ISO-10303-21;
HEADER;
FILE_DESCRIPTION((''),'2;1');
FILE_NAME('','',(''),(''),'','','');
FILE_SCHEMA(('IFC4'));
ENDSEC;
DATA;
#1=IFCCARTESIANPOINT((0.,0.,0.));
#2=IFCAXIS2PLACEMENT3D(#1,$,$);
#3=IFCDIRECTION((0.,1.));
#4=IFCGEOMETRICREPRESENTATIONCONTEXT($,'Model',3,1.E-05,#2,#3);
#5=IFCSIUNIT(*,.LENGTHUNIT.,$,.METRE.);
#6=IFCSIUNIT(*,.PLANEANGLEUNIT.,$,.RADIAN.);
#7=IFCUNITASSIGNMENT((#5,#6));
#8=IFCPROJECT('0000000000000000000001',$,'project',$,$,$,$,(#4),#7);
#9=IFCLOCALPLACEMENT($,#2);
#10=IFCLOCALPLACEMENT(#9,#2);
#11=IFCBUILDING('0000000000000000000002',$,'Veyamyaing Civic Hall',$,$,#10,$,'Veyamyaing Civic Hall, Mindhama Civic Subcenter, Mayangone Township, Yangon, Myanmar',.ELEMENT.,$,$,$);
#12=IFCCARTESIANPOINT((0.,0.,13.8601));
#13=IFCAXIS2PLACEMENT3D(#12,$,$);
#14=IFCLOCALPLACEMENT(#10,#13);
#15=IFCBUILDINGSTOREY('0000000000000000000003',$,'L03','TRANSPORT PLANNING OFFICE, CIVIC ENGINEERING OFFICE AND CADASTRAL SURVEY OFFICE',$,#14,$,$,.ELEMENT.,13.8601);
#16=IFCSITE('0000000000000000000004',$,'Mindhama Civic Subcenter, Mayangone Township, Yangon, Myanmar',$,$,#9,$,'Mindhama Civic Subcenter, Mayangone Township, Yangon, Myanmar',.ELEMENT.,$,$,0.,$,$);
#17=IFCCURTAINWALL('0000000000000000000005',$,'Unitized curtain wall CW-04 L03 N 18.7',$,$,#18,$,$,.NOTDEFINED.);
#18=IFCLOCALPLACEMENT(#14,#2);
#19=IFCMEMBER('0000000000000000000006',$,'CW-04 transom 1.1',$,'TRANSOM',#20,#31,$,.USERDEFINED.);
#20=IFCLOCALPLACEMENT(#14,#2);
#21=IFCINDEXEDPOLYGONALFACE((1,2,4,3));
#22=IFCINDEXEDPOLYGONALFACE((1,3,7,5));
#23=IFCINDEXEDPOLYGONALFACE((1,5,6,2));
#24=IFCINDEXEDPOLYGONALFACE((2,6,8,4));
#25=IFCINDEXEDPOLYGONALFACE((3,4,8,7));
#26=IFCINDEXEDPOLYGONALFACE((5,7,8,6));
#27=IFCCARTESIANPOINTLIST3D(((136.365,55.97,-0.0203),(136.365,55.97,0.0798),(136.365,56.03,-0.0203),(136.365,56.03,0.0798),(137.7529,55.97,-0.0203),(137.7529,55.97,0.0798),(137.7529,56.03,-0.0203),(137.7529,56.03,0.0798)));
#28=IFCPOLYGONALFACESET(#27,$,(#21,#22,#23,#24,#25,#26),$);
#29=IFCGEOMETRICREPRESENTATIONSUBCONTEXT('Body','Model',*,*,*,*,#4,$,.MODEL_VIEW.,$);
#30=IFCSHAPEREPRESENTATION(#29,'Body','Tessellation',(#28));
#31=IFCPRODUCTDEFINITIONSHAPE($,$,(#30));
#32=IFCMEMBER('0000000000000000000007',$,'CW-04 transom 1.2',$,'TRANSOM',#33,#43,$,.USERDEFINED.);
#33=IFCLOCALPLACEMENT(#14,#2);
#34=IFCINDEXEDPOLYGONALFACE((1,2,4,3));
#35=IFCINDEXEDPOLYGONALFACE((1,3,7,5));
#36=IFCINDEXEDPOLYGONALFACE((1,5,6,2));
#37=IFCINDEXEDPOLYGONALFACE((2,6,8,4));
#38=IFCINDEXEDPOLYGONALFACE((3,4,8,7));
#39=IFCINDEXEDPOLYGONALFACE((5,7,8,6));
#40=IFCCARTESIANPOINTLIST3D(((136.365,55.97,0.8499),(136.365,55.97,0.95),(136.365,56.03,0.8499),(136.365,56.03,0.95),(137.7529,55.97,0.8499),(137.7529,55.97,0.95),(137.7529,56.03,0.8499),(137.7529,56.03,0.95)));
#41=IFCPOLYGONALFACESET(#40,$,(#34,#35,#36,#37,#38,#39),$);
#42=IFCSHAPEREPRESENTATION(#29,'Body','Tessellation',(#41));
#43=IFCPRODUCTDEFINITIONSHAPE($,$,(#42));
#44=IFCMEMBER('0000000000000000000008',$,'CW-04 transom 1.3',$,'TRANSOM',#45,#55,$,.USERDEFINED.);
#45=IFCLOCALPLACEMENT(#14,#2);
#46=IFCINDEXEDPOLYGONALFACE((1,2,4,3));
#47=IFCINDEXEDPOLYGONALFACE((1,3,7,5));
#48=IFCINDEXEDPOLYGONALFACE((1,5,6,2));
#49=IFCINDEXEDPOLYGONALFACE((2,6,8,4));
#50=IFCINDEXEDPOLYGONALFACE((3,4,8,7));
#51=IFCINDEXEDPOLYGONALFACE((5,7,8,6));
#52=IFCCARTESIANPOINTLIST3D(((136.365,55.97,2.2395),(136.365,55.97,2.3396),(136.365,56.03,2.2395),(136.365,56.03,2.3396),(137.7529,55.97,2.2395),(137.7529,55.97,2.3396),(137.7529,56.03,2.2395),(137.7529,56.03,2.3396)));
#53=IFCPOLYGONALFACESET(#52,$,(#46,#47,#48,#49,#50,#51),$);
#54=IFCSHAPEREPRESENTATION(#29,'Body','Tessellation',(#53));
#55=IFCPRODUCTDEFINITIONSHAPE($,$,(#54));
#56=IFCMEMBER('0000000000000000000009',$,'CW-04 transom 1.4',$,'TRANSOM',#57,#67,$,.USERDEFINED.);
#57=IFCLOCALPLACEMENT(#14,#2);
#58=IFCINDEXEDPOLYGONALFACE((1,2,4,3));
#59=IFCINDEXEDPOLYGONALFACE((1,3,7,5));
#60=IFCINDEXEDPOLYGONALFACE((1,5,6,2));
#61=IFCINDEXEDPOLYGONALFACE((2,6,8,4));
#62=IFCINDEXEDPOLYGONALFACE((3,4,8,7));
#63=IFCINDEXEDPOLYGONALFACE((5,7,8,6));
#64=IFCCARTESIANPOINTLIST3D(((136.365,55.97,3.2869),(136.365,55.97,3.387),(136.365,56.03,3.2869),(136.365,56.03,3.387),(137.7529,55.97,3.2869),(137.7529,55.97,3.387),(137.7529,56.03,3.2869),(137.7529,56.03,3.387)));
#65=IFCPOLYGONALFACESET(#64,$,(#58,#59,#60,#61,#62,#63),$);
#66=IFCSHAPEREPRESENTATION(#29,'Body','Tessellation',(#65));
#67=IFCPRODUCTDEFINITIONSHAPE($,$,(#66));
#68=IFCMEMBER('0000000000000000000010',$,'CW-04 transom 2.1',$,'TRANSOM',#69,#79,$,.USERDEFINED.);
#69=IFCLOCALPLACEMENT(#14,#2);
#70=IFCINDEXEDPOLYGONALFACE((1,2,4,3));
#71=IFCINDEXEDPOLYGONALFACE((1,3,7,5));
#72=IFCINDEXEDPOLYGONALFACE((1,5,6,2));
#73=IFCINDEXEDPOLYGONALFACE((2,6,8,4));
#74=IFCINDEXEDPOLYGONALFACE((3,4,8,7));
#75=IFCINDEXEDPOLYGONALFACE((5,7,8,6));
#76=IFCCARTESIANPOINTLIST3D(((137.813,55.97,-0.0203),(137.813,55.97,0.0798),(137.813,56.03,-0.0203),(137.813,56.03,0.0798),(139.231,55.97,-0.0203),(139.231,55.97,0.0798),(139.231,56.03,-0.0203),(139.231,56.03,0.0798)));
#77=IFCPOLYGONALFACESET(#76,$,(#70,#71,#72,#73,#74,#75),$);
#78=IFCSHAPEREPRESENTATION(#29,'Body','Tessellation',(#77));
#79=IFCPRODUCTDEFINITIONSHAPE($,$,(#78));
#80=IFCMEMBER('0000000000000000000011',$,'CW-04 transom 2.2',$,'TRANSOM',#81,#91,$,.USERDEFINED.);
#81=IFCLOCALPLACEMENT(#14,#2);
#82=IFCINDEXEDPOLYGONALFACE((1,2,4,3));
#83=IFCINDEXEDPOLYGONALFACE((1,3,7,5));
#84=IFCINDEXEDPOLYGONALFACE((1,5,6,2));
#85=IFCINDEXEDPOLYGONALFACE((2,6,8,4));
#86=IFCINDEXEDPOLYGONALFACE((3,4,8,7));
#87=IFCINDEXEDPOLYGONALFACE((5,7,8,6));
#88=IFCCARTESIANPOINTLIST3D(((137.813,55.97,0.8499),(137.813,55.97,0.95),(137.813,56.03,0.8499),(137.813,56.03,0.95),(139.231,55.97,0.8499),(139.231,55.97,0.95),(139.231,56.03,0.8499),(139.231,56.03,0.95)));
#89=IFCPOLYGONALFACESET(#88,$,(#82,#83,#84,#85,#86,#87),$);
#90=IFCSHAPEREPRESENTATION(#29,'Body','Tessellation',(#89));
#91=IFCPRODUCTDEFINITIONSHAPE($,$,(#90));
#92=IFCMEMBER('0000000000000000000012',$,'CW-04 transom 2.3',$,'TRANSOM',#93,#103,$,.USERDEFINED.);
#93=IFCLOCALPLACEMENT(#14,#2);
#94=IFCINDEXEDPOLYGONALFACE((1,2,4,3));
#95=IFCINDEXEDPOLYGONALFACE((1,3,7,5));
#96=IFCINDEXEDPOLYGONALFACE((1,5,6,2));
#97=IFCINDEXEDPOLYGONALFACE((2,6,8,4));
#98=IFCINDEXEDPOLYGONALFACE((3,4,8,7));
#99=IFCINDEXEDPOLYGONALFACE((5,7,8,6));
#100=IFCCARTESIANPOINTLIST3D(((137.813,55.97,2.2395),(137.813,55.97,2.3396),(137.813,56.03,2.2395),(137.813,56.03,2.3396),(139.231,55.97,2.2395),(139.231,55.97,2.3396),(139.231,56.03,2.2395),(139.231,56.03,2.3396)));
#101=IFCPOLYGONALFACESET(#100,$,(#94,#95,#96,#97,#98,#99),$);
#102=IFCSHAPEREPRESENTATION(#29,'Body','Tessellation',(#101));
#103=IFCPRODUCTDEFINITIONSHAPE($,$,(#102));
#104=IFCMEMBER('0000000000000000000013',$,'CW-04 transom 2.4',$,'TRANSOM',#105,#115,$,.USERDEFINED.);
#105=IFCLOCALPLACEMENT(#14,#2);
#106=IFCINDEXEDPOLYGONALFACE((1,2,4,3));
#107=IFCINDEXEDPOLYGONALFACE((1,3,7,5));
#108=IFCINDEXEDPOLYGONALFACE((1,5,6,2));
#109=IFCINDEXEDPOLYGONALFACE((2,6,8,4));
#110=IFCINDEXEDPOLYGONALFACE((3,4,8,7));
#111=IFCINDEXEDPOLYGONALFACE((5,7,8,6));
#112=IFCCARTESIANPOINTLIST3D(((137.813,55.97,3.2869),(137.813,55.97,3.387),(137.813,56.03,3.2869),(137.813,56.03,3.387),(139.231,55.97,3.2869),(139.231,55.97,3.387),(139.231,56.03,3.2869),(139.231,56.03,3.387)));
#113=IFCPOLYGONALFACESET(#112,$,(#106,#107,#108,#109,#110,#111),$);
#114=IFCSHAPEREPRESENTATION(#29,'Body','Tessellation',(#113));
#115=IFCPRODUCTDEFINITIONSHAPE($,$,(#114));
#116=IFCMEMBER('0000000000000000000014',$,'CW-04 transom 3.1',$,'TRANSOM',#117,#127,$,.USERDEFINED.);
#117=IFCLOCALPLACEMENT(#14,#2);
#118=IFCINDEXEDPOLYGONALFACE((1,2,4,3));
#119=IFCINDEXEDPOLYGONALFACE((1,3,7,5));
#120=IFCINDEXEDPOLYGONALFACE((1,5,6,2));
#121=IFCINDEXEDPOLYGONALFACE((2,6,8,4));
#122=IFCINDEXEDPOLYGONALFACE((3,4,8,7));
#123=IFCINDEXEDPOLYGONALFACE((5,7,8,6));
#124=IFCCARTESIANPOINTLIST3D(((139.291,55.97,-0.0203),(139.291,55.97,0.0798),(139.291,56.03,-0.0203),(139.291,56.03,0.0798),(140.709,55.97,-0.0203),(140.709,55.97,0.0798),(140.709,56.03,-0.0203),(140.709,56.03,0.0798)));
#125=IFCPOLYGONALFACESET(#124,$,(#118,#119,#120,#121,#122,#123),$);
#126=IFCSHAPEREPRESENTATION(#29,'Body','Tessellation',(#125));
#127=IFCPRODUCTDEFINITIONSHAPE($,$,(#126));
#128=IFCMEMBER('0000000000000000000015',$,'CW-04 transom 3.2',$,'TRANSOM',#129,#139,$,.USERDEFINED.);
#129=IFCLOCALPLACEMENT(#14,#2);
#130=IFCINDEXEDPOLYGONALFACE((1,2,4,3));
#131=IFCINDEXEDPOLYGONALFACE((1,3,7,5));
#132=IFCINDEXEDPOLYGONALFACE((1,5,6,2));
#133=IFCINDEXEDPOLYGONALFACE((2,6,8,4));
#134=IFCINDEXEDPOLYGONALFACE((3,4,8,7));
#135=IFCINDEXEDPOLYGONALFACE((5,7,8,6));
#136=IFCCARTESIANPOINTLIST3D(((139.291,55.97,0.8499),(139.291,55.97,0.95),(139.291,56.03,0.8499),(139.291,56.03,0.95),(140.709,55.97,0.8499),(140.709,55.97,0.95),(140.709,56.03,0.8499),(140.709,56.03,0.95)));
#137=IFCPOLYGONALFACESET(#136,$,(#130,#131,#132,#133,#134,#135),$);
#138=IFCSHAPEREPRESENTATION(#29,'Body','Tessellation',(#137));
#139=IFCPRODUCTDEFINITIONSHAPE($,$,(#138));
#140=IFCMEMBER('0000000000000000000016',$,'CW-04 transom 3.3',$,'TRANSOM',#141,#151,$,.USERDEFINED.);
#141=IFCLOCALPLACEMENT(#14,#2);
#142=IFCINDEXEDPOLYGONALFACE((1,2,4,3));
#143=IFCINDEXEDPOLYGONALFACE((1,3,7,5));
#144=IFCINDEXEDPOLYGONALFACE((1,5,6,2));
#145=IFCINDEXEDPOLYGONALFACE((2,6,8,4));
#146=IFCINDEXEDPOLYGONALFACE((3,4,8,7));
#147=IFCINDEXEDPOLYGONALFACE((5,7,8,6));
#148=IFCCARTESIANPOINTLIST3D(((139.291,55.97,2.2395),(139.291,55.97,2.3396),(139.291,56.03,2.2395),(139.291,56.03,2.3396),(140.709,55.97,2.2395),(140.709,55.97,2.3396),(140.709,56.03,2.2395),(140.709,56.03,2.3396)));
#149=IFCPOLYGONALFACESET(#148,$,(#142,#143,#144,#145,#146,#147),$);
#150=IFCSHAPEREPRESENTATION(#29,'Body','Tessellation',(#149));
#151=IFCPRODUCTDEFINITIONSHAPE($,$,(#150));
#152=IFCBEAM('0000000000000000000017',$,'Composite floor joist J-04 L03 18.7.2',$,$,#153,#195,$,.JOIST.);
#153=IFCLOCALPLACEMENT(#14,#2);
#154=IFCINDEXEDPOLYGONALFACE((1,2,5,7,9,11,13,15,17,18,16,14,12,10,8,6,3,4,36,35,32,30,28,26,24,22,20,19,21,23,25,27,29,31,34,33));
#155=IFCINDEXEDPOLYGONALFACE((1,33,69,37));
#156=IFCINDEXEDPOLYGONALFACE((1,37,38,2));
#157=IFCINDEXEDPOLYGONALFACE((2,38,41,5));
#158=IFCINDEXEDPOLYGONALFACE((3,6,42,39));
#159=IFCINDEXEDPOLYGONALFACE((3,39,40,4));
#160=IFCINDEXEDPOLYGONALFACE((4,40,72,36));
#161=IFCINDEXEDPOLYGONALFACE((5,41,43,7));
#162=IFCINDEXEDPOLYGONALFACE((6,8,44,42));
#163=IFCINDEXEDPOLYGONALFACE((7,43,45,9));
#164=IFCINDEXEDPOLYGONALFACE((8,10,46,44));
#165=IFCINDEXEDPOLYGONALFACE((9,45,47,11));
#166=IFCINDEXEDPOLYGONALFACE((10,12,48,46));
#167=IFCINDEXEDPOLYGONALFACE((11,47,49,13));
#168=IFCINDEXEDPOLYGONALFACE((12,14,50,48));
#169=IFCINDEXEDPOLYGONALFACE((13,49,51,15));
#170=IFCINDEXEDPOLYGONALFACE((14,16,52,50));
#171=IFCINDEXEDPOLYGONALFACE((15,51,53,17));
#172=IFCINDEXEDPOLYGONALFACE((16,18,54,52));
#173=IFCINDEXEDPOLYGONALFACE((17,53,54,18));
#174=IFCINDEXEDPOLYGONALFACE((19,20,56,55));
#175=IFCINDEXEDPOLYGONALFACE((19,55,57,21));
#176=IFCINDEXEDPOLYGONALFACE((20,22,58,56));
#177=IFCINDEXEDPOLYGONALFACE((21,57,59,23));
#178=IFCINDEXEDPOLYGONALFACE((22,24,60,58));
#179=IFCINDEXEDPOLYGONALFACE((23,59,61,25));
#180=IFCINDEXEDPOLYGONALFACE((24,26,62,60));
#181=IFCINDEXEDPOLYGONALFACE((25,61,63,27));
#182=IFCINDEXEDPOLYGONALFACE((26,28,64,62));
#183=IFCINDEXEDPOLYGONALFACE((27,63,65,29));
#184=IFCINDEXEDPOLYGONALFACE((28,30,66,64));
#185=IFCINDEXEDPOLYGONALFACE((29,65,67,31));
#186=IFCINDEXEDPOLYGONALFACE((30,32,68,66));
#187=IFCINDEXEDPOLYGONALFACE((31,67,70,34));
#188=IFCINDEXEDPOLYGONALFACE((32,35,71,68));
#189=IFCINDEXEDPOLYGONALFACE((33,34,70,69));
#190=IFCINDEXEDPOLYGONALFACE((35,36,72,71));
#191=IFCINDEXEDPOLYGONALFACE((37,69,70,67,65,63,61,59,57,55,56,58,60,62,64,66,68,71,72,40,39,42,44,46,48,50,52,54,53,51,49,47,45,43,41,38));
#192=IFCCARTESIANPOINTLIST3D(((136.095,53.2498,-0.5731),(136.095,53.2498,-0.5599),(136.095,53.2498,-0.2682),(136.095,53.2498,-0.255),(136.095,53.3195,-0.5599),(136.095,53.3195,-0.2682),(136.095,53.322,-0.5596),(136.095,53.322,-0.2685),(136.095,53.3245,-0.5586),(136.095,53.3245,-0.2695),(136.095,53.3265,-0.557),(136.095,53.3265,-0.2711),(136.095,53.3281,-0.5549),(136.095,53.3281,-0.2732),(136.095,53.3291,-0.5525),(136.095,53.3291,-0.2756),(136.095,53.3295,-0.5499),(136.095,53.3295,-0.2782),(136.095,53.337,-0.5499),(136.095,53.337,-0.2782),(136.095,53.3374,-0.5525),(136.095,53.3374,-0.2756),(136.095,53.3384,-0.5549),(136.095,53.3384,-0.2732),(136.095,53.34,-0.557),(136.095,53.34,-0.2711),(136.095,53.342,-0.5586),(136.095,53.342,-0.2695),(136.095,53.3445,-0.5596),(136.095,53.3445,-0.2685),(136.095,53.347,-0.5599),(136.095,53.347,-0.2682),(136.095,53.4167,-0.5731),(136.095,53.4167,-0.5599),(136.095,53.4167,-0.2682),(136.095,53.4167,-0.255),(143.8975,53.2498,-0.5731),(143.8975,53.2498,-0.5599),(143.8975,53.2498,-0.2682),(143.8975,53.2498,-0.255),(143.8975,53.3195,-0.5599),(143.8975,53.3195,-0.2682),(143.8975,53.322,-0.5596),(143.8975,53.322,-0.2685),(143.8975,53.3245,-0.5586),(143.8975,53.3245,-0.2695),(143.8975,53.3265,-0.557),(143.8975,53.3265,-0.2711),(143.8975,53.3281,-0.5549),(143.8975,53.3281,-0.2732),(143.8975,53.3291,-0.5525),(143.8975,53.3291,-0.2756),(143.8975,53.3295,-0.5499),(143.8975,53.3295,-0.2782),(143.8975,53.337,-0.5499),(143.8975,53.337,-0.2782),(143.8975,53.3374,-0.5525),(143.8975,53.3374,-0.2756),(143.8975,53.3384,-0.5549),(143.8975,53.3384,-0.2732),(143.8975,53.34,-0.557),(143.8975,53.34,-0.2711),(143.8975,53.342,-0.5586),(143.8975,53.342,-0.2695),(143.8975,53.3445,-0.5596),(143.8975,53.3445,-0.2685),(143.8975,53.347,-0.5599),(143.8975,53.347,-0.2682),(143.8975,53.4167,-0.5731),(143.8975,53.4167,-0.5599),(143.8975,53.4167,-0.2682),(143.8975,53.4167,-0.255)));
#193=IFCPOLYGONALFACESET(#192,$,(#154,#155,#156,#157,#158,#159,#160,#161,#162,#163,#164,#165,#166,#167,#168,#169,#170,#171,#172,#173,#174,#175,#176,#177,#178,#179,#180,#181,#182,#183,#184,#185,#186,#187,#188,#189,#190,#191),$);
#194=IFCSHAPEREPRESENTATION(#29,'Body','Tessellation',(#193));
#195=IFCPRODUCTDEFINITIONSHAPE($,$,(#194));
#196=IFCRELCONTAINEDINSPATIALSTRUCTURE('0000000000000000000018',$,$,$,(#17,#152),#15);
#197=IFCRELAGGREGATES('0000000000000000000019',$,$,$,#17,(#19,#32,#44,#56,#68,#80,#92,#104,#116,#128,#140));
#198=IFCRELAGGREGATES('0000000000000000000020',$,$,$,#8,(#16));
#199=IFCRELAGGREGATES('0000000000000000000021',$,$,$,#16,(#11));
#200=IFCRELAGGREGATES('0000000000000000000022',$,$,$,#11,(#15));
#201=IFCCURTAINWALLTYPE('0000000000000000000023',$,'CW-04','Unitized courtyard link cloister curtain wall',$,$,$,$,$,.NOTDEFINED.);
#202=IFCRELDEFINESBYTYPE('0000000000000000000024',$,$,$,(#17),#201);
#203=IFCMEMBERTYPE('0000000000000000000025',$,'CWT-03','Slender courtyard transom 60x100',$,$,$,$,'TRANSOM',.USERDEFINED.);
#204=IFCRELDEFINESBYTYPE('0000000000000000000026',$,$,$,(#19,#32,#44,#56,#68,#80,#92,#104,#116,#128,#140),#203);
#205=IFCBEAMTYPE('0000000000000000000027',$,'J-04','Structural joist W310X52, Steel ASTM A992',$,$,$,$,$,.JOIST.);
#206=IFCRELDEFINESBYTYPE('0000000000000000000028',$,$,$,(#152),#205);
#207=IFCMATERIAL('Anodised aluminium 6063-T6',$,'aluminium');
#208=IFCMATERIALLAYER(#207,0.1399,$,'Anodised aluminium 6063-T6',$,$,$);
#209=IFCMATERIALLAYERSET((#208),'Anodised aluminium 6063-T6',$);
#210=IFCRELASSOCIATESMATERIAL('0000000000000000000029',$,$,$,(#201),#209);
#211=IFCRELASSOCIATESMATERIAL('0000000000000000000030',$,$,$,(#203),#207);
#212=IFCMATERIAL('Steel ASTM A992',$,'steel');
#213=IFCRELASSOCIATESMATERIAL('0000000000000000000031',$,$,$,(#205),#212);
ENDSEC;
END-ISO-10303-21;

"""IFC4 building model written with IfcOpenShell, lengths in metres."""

from ifc_helpers import new_model, si_unit, direction, frame, origin, origin_2d, place, context, subcontext, project, spatial, rectangle, i_section, extrude, material, layer, layer_set, material_profile, profile_set, type_object, element, aggregate, save


model = new_model("IFC4")

# Units and contexts
model_context = context("Model", 3, precision=1e-05, world=origin(), true_north=direction((0.0, 1.0)))
body_context = subcontext(model_context, "Body", "Model", "MODEL_VIEW")
ifc_project = project(units=[si_unit("LENGTHUNIT", "METRE"), si_unit("PLANEANGLEUNIT", "RADIAN")], contexts=[model_context])

# Site, building, storey
site_placement = place(None, origin())
site = spatial("IfcSite", under=ifc_project, at=site_placement, Name="Mindhama Civic Subcenter, Mayangone Township, Yangon, Myanmar", LongName="Mindhama Civic Subcenter, Mayangone Township, Yangon, Myanmar", CompositionType="ELEMENT", RefElevation=0.0)
building_placement = place(site_placement, origin())
building = spatial("IfcBuilding", under=site, at=building_placement, Name="Veyamyaing Civic Hall", LongName="Veyamyaing Civic Hall, Mindhama Civic Subcenter, Mayangone Township, Yangon, Myanmar", CompositionType="ELEMENT")
storey_placement = place(building_placement, frame((0.0, 0.0, 13.8601)))
storey = spatial("IfcBuildingStorey", under=building, at=storey_placement, Name="L03", Description="TRANSPORT PLANNING OFFICE, CIVIC ENGINEERING OFFICE AND CADASTRAL SURVEY OFFICE", CompositionType="ELEMENT", Elevation=13.8601)

# Shared definitions
ifc_material_1 = material(Name="Steel ASTM A992", Category="steel")

# Curtain wall
ifc_material_2 = material(Name="Anodised aluminium 6063-T6", Category="aluminium")
ifc_layer_1 = layer(ifc_material_2, 0.1399, Name="Anodised aluminium 6063-T6")
ifc_layer_set_1 = layer_set([ifc_layer_1], Name="Anodised aluminium 6063-T6")
curtain_wall_type = type_object("IfcCurtainWallType", Name="CW-04", Description="Unitized courtyard link cloister curtain wall", PredefinedType="NOTDEFINED", material=ifc_layer_set_1)
curtain_wall_1_placement = place(storey_placement, origin())
curtain_wall_1 = element("IfcCurtainWall", 1, at=curtain_wall_1_placement, inside=storey, type_object=curtain_wall_type, Name="Unitized curtain wall CW-04 L03 N 18.7", PredefinedType="NOTDEFINED")

# Members
ifc_material_profile_1 = material_profile(ifc_material_2, rectangle(XDim=0.0601, YDim=0.1001, at=origin_2d()), Name="ALU-TRN-60X100")
ifc_profile_set_1 = profile_set([ifc_material_profile_1], Name="Anodised aluminium 6063-T6")
member_type_1 = type_object("IfcMemberType", Name="CWT-03", Description="Slender courtyard transom 60x100", ElementType="TRANSOM", PredefinedType="USERDEFINED", material=ifc_profile_set_1)
member_1_placement = place(storey_placement, frame((136.365, 56.0, 0.0298), z_axis=(1.0, 0.0, 0.0), x_axis=(0.0, 1.0, 0.0)))
member_1 = element("IfcMember", 2, at=member_1_placement, type_object=member_type_1, Name="CW-04 transom 1.1", ObjectType="TRANSOM", PredefinedType="USERDEFINED", context=body_context, shape_type="SweptSolid", body=[
    extrude(rectangle(XDim=0.0601, YDim=0.1001, at=origin_2d()), origin(), (0.0, 0.0, 1.0), 1.3879),
])
member_2_placement = place(storey_placement, frame((136.365, 56.0, 0.8999), z_axis=(1.0, 0.0, 0.0), x_axis=(0.0, 1.0, 0.0)))
member_2 = element("IfcMember", 3, at=member_2_placement, type_object=member_type_1, Name="CW-04 transom 1.2", ObjectType="TRANSOM", PredefinedType="USERDEFINED", context=body_context, shape_type="SweptSolid", body=[
    extrude(rectangle(XDim=0.0601, YDim=0.1001, at=origin_2d()), origin(), (0.0, 0.0, 1.0), 1.3879),
])
member_3_placement = place(storey_placement, frame((136.365, 56.0, 2.2896), z_axis=(1.0, 0.0, 0.0), x_axis=(0.0, 1.0, 0.0)))
member_3 = element("IfcMember", 4, at=member_3_placement, type_object=member_type_1, Name="CW-04 transom 1.3", ObjectType="TRANSOM", PredefinedType="USERDEFINED", context=body_context, shape_type="SweptSolid", body=[
    extrude(rectangle(XDim=0.0601, YDim=0.1001, at=origin_2d()), origin(), (0.0, 0.0, 1.0), 1.3879),
])
member_4_placement = place(storey_placement, frame((136.365, 56.0, 3.3369), z_axis=(1.0, 0.0, 0.0), x_axis=(0.0, 1.0, 0.0)))
member_4 = element("IfcMember", 5, at=member_4_placement, type_object=member_type_1, Name="CW-04 transom 1.4", ObjectType="TRANSOM", PredefinedType="USERDEFINED", context=body_context, shape_type="SweptSolid", body=[
    extrude(rectangle(XDim=0.0601, YDim=0.1001, at=origin_2d()), origin(), (0.0, 0.0, 1.0), 1.3879),
])
member_5_placement = place(storey_placement, frame((137.813, 56.0, 0.0298), z_axis=(1.0, 0.0, 0.0), x_axis=(0.0, 1.0, 0.0)))
member_5 = element("IfcMember", 6, at=member_5_placement, type_object=member_type_1, Name="CW-04 transom 2.1", ObjectType="TRANSOM", PredefinedType="USERDEFINED", context=body_context, shape_type="SweptSolid", body=[
    extrude(rectangle(XDim=0.0601, YDim=0.1001, at=origin_2d()), origin(), (0.0, 0.0, 1.0), 1.418),
])
member_6_placement = place(storey_placement, frame((137.813, 56.0, 0.8999), z_axis=(1.0, 0.0, 0.0), x_axis=(0.0, 1.0, 0.0)))
member_6 = element("IfcMember", 7, at=member_6_placement, type_object=member_type_1, Name="CW-04 transom 2.2", ObjectType="TRANSOM", PredefinedType="USERDEFINED", context=body_context, shape_type="SweptSolid", body=[
    extrude(rectangle(XDim=0.0601, YDim=0.1001, at=origin_2d()), origin(), (0.0, 0.0, 1.0), 1.418),
])
member_7_placement = place(storey_placement, frame((137.813, 56.0, 2.2896), z_axis=(1.0, 0.0, 0.0), x_axis=(0.0, 1.0, 0.0)))
member_7 = element("IfcMember", 8, at=member_7_placement, type_object=member_type_1, Name="CW-04 transom 2.3", ObjectType="TRANSOM", PredefinedType="USERDEFINED", context=body_context, shape_type="SweptSolid", body=[
    extrude(rectangle(XDim=0.0601, YDim=0.1001, at=origin_2d()), origin(), (0.0, 0.0, 1.0), 1.418),
])
member_8_placement = place(storey_placement, frame((137.813, 56.0, 3.3369), z_axis=(1.0, 0.0, 0.0), x_axis=(0.0, 1.0, 0.0)))
member_8 = element("IfcMember", 9, at=member_8_placement, type_object=member_type_1, Name="CW-04 transom 2.4", ObjectType="TRANSOM", PredefinedType="USERDEFINED", context=body_context, shape_type="SweptSolid", body=[
    extrude(rectangle(XDim=0.0601, YDim=0.1001, at=origin_2d()), origin(), (0.0, 0.0, 1.0), 1.418),
])
member_9_placement = place(storey_placement, frame((139.291, 56.0, 0.0298), z_axis=(1.0, 0.0, 0.0), x_axis=(0.0, 1.0, 0.0)))
member_9 = element("IfcMember", 10, at=member_9_placement, type_object=member_type_1, Name="CW-04 transom 3.1", ObjectType="TRANSOM", PredefinedType="USERDEFINED", context=body_context, shape_type="SweptSolid", body=[
    extrude(rectangle(XDim=0.0601, YDim=0.1001, at=origin_2d()), origin(), (0.0, 0.0, 1.0), 1.418),
])
member_10_placement = place(storey_placement, frame((139.291, 56.0, 0.8999), z_axis=(1.0, 0.0, 0.0), x_axis=(0.0, 1.0, 0.0)))
member_10 = element("IfcMember", 11, at=member_10_placement, type_object=member_type_1, Name="CW-04 transom 3.2", ObjectType="TRANSOM", PredefinedType="USERDEFINED", context=body_context, shape_type="SweptSolid", body=[
    extrude(rectangle(XDim=0.0601, YDim=0.1001, at=origin_2d()), origin(), (0.0, 0.0, 1.0), 1.418),
])
member_11_placement = place(storey_placement, frame((139.291, 56.0, 2.2896), z_axis=(1.0, 0.0, 0.0), x_axis=(0.0, 1.0, 0.0)))
member_11 = element("IfcMember", 12, at=member_11_placement, type_object=member_type_1, Name="CW-04 transom 3.3", ObjectType="TRANSOM", PredefinedType="USERDEFINED", context=body_context, shape_type="SweptSolid", body=[
    extrude(rectangle(XDim=0.0601, YDim=0.1001, at=origin_2d()), origin(), (0.0, 0.0, 1.0), 1.418),
])

# Beam
ifc_material_profile_2 = material_profile(ifc_material_1, i_section(OverallWidth=0.167, OverallDepth=0.3181, WebThickness=0.0076, FlangeThickness=0.0132, FilletRadius=0.01, at=origin_2d()), Name="W310X52")
ifc_profile_set_2 = profile_set([ifc_material_profile_2], Name="Steel ASTM A992")
beam_type_1 = type_object("IfcBeamType", Name="J-04", Description="Structural joist W310X52, Steel ASTM A992", PredefinedType="JOIST", material=ifc_profile_set_2)
beam_1_placement = place(storey_placement, frame((136.095, 53.3333, -0.4141), z_axis=(1.0, 0.0, 0.0), x_axis=(0.0, 1.0, 0.0)))
element("IfcBeam", 13, at=beam_1_placement, inside=storey, type_object=beam_type_1, Name="Composite floor joist J-04 L03 18.7.2", PredefinedType="JOIST", context=body_context, shape_type="SweptSolid", body=[
    extrude(i_section(OverallWidth=0.167, OverallDepth=0.3181, WebThickness=0.0076, FlangeThickness=0.0132, FilletRadius=0.01, at=origin_2d()), origin(), (0.0, 0.0, 1.0), 7.8025),
])

aggregate(curtain_wall_1, [member_1, member_2, member_3, member_4, member_5, member_6, member_7, member_8, member_9, member_10, member_11])

save(model, "model.ifc")
